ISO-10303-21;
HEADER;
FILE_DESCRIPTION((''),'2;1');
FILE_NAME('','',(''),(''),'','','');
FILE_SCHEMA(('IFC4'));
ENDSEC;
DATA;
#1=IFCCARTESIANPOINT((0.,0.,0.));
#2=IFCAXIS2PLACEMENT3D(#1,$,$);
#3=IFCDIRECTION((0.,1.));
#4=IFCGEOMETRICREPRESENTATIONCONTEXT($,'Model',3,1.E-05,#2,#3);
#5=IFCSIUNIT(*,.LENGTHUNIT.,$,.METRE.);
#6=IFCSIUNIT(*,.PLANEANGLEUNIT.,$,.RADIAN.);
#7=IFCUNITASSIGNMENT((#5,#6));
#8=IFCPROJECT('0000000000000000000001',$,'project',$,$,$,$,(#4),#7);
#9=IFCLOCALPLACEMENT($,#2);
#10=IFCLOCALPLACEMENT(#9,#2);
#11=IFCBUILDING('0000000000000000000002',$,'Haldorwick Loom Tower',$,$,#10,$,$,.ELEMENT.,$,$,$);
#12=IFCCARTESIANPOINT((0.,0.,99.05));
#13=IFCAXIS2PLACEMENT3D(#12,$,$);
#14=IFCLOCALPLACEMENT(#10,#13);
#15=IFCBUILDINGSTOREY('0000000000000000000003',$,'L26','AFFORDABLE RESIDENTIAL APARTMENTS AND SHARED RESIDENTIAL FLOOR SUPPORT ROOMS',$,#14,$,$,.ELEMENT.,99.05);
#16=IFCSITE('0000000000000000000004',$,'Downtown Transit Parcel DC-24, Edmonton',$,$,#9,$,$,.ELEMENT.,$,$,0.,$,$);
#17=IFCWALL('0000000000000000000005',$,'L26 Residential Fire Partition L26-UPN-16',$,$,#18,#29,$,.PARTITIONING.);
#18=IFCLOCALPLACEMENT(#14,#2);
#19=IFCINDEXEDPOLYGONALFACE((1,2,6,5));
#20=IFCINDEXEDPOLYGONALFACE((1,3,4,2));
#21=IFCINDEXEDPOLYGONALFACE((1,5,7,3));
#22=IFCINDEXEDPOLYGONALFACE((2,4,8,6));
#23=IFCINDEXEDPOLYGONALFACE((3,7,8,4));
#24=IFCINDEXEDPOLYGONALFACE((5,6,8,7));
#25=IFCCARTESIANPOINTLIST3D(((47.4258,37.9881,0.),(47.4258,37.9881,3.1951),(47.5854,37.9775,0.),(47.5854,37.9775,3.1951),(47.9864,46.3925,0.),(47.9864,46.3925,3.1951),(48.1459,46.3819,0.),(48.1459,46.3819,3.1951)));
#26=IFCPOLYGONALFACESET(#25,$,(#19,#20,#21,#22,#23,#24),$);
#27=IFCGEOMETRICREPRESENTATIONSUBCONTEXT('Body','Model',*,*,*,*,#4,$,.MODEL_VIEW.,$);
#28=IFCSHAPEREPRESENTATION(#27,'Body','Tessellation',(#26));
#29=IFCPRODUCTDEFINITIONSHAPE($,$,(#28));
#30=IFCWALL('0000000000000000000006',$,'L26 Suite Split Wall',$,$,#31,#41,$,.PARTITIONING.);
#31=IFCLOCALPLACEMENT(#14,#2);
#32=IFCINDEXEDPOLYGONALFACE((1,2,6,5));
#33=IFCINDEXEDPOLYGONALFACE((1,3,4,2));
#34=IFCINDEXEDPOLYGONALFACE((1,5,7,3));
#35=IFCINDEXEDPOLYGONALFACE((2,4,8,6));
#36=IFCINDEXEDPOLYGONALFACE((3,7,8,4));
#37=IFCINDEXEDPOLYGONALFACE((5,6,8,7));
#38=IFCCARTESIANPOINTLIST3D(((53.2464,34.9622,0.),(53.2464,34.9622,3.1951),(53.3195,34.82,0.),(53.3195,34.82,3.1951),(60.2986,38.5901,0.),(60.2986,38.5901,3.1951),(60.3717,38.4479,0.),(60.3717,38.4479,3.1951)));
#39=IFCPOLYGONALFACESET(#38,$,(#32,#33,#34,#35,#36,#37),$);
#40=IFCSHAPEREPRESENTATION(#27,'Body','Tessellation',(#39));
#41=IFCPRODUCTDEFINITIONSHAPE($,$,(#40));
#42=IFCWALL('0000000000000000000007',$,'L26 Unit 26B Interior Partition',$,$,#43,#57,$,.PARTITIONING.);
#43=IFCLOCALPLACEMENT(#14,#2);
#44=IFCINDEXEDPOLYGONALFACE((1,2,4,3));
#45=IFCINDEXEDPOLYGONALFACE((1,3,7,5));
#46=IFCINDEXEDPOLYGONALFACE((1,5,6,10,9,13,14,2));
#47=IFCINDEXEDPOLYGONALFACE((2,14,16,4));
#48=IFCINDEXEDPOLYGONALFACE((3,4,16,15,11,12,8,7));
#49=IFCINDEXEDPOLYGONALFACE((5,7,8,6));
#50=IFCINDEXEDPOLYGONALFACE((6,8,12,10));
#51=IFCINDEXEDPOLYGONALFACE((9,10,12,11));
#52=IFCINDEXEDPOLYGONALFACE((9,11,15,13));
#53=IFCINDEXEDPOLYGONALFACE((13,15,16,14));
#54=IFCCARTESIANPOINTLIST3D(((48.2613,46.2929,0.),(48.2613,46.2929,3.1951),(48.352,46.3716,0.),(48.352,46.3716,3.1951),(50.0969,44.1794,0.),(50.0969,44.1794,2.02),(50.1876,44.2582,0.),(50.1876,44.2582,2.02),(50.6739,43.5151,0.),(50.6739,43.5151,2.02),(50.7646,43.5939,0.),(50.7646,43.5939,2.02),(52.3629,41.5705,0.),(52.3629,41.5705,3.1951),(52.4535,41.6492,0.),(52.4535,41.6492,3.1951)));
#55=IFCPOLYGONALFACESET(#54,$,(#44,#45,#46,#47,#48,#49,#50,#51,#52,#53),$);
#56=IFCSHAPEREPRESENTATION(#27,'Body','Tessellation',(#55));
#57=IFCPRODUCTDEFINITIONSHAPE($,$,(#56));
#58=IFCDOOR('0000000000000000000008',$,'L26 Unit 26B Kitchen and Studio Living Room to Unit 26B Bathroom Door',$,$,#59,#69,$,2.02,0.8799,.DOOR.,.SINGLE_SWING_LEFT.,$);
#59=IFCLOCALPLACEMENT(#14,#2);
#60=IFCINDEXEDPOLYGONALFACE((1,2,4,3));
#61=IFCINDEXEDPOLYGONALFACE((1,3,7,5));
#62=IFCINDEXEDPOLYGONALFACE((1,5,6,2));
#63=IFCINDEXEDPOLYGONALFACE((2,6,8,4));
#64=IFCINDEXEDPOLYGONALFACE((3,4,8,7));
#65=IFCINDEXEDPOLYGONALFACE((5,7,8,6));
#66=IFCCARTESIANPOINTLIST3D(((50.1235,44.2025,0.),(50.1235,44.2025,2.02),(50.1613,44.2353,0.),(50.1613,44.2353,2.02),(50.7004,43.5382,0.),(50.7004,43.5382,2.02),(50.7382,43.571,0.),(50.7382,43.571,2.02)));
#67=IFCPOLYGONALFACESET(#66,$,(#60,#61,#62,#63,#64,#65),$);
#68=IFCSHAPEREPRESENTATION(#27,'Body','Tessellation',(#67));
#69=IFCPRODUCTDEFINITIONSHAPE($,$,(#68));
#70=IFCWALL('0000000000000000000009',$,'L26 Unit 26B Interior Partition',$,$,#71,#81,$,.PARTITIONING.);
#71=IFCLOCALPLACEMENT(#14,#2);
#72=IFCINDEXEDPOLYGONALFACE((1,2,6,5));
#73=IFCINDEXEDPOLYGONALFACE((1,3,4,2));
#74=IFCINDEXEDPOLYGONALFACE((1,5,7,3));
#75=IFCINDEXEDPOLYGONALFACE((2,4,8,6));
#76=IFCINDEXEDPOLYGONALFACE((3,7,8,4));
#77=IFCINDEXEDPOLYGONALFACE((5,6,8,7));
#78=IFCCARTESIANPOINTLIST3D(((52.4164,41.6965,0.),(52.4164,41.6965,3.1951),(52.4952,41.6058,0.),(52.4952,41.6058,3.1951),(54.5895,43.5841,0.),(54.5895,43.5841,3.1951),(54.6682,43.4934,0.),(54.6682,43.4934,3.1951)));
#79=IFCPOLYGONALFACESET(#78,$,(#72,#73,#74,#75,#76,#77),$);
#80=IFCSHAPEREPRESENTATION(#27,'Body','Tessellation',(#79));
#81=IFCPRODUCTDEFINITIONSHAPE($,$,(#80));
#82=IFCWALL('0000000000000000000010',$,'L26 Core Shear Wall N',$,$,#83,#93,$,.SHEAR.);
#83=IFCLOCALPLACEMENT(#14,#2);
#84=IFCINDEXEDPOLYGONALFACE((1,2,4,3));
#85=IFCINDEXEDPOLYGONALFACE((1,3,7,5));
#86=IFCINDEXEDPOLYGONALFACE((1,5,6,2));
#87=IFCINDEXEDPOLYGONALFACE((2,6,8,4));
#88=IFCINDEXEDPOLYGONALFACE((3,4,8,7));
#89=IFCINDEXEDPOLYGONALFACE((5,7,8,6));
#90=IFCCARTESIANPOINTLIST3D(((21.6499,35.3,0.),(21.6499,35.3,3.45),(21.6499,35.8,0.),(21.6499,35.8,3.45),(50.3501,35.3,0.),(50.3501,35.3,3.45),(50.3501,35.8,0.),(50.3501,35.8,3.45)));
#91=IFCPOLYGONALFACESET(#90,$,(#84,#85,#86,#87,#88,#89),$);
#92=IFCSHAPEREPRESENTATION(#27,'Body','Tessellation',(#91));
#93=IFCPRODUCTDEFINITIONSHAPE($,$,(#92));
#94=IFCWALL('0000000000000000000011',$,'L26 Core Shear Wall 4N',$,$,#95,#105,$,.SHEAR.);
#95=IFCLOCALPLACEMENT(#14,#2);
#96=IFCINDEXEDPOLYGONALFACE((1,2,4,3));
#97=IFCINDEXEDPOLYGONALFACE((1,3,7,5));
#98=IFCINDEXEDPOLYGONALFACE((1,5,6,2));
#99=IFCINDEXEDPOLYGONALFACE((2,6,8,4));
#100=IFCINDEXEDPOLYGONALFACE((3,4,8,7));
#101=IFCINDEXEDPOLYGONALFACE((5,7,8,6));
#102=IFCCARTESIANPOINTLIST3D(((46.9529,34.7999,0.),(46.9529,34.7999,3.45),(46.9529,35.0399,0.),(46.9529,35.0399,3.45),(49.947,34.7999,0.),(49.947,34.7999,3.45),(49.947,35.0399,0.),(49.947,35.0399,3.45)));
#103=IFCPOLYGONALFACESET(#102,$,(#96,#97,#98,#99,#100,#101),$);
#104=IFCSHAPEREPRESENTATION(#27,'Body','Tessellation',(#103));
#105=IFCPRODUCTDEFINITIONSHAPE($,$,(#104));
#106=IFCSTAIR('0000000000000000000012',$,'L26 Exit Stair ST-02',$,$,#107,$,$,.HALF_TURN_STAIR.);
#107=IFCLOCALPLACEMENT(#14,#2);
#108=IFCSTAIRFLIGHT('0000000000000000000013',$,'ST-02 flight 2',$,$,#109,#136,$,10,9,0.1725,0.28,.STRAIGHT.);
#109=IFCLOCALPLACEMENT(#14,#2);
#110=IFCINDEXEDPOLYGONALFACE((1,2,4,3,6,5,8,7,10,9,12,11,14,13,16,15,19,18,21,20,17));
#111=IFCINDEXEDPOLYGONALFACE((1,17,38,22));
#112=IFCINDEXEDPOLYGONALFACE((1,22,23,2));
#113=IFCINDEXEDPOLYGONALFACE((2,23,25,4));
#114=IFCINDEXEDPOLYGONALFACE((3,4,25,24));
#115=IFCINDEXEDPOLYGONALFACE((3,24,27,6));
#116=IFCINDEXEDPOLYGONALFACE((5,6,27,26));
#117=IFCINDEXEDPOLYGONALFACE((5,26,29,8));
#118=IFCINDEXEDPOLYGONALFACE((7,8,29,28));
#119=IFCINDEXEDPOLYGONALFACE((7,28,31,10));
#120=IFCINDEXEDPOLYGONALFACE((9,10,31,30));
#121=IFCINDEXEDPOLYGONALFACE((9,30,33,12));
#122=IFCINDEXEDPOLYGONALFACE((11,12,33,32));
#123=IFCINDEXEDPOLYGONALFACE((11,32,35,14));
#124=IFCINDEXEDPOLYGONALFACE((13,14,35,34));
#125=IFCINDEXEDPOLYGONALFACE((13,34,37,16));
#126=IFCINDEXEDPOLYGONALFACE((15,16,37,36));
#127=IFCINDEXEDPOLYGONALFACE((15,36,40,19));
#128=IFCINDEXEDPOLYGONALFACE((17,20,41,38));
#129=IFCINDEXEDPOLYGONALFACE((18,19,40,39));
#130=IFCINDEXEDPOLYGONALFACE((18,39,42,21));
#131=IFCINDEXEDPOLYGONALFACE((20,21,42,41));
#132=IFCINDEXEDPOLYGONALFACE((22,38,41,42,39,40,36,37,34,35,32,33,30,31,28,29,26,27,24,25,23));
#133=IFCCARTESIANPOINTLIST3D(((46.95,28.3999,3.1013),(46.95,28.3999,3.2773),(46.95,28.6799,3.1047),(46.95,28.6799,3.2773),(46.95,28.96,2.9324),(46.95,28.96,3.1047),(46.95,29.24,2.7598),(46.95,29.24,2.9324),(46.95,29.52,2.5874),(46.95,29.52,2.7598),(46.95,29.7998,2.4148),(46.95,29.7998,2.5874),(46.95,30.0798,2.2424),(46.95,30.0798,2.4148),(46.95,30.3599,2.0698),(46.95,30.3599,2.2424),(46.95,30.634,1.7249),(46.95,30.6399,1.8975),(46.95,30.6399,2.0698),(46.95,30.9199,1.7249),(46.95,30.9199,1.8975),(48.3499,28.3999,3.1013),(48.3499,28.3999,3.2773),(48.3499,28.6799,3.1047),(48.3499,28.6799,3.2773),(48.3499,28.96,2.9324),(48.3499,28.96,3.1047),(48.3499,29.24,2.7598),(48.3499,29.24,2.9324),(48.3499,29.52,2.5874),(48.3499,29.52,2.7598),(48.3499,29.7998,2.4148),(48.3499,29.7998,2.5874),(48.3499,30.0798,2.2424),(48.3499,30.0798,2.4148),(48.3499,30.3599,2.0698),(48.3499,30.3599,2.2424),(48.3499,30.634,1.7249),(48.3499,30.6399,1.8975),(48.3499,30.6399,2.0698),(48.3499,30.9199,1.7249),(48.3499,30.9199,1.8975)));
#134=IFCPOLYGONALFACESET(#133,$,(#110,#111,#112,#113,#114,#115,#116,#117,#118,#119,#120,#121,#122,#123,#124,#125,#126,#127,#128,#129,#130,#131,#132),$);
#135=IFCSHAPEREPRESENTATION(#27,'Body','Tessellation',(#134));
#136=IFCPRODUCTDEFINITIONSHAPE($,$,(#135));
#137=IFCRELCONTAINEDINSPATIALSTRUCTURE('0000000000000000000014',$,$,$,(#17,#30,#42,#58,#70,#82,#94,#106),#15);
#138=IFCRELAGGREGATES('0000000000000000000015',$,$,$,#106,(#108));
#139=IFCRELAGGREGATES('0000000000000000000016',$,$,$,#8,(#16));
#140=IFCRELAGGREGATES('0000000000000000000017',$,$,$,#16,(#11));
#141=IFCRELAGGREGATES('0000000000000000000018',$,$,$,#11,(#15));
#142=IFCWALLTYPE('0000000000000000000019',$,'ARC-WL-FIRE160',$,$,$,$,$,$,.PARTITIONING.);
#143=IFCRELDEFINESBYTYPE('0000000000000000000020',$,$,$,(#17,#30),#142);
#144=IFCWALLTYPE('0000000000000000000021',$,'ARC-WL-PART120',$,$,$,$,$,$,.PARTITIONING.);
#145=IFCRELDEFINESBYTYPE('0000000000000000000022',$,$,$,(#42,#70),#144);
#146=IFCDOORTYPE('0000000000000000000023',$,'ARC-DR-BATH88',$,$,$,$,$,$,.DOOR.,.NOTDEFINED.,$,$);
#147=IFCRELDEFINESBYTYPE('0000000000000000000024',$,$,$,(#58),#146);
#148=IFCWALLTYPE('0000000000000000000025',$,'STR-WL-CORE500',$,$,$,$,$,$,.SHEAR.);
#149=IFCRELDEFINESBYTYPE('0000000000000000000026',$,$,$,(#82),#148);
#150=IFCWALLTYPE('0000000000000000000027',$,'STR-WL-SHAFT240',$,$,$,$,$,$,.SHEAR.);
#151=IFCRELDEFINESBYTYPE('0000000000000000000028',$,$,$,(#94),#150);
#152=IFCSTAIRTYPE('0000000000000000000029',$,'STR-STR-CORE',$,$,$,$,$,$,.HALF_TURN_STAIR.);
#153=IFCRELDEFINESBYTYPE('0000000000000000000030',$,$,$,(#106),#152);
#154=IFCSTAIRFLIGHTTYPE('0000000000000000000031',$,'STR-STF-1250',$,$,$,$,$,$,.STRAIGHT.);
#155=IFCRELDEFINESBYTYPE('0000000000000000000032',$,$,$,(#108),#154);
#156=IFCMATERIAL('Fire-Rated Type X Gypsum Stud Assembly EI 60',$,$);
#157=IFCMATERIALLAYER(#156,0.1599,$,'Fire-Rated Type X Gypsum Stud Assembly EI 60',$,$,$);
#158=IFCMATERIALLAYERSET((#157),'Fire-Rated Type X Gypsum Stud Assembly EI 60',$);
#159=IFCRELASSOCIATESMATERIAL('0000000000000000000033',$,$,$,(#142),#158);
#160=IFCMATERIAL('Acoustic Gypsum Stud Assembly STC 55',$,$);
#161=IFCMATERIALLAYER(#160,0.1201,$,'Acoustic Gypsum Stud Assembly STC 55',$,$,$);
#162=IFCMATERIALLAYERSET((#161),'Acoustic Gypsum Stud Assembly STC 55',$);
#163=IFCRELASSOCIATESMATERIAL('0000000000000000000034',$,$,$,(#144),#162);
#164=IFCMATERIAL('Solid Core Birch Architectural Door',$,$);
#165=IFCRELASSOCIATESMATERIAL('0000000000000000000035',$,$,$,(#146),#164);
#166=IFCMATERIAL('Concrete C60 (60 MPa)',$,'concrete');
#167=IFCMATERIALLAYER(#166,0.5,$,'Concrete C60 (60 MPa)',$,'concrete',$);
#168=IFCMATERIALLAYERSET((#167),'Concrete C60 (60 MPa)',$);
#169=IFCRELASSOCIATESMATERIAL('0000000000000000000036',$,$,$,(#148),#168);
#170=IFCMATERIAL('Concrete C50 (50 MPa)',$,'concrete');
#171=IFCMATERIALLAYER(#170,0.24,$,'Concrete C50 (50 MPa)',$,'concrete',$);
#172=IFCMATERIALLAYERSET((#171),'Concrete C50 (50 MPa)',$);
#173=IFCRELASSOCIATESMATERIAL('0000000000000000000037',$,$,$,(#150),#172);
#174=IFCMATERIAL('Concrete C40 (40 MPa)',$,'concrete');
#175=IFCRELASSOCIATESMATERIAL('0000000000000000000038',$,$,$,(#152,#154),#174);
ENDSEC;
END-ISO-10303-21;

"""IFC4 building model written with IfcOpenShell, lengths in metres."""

from ifc_helpers import new_model, si_unit, direction, frame, frame_2d, origin, place, context, subcontext, project, spatial, polyline, rectangle, outline, extrude, material, layer, layer_set, type_object, element, fill, aggregate, save


model = new_model("IFC4")

# Units and contexts
model_context = context("Model", 3, precision=1e-05, world=origin(), true_north=direction((0.0, 1.0)))
body_context = subcontext(model_context, "Body", "Model", "MODEL_VIEW")
ifc_project = project(units=[si_unit("LENGTHUNIT", "METRE"), si_unit("PLANEANGLEUNIT", "RADIAN")], contexts=[model_context])

# Site, building, storey
site_placement = place(None, origin())
site = spatial("IfcSite", under=ifc_project, at=site_placement, Name="Downtown Transit Parcel DC-24, Edmonton", CompositionType="ELEMENT", RefElevation=0.0)
building_placement = place(site_placement, origin())
building = spatial("IfcBuilding", under=site, at=building_placement, Name="Haldorwick Loom Tower", CompositionType="ELEMENT")
storey_placement = place(building_placement, frame((0.0, 0.0, 99.05)))
storey = spatial("IfcBuildingStorey", under=building, at=storey_placement, Name="L26", Description="AFFORDABLE RESIDENTIAL APARTMENTS AND SHARED RESIDENTIAL FLOOR SUPPORT ROOMS", CompositionType="ELEMENT", Elevation=99.05)

# Shared definitions
ifc_material_1 = material(Name="Concrete C60 (60 MPa)", Category="concrete")

# Shared definitions
ifc_material_2 = material(Name="Fire-Rated Type X Gypsum Stud Assembly EI 60")
ifc_layer_1 = layer(ifc_material_2, 0.1599, Name="Fire-Rated Type X Gypsum Stud Assembly EI 60")
ifc_layer_set_1 = layer_set([ifc_layer_1], Name="Fire-Rated Type X Gypsum Stud Assembly EI 60")
wall_type_1 = type_object("IfcWallType", Name="ARC-WL-FIRE160", PredefinedType="PARTITIONING", material=ifc_layer_set_1)

# Walls
wall_1_placement = place(storey_placement, frame((47.5056, 37.9829, 0.0), z_axis=(0.0, 0.0, 1.0), x_axis=(0.066548, 0.997783, 0.0)))
element("IfcWall", 1, at=wall_1_placement, inside=storey, type_object=wall_type_1, Name="L26 Residential Fire Partition L26-UPN-16", PredefinedType="PARTITIONING", context=body_context, shape_type="SweptSolid", body=[
    extrude(rectangle(XDim=8.4231, YDim=0.1599, at=frame_2d((4.2114, 0.0))), origin(), (0.0, 0.0, 1.0), 3.1951),
])
wall_2_placement = place(storey_placement, frame((53.283, 34.8911, 0.0), z_axis=(0.0, 0.0, 1.0), x_axis=(0.889233, 0.457454, 0.0)))
element("IfcWall", 2, at=wall_2_placement, inside=storey, type_object=wall_type_1, Name="L26 Suite Split Wall", PredefinedType="PARTITIONING", context=body_context, shape_type="SweptSolid", body=[
    extrude(rectangle(XDim=7.9307, YDim=0.1599, at=frame_2d((3.9653, 0.0))), origin(), (0.0, 0.0, 1.0), 3.1951),
])

# Wall, opening, door
ifc_material_3 = material(Name="Acoustic Gypsum Stud Assembly STC 55")
ifc_layer_2 = layer(ifc_material_3, 0.1201, Name="Acoustic Gypsum Stud Assembly STC 55")
ifc_layer_set_2 = layer_set([ifc_layer_2], Name="Acoustic Gypsum Stud Assembly STC 55")
wall_type_2 = type_object("IfcWallType", Name="ARC-WL-PART120", PredefinedType="PARTITIONING", material=ifc_layer_set_2)
wall_3_placement = place(storey_placement, frame((52.4082, 41.6099, 0.0), z_axis=(0.0, 0.0, 1.0), x_axis=(-0.655734, 0.754992, 0.0)))
wall_3 = element("IfcWall", 3, at=wall_3_placement, inside=storey, type_object=wall_type_2, Name="L26 Unit 26B Interior Partition", PredefinedType="PARTITIONING", context=body_context, shape_type="SweptSolid", body=[
    extrude(rectangle(XDim=6.2549, YDim=0.1201, at=frame_2d((3.1274, 0.0))), origin(), (0.0, 0.0, 1.0), 3.1951),
])
opening_1_placement = place(wall_3_placement, frame((2.5757, 0.0, 0.0)))
opening_1 = element("IfcOpeningElement", 4, at=opening_1_placement, cuts=wall_3, PredefinedType="OPENING", context=body_context, shape_type="SweptSolid", body=[
    extrude(rectangle(XDim=0.8799, YDim=2.02, at=frame_2d((0.4399, 1.01))), frame((0.0, 0.0701, 0.0), z_axis=(0.0, -1.0, 0.0), x_axis=(1.0, 0.0, 0.0)), (0.0, 0.0, 1.0), 0.1401),
])
ifc_material_4 = material(Name="Solid Core Birch Architectural Door")
door_type_1 = type_object("IfcDoorType", Name="ARC-DR-BATH88", OperationType="NOTDEFINED", PredefinedType="DOOR", material=ifc_material_4)
door_1_placement = place(opening_1_placement, origin())
door_1 = element("IfcDoor", 5, at=door_1_placement, inside=storey, type_object=door_type_1, Name="L26 Unit 26B Kitchen and Studio Living Room to Unit 26B Bathroom Door", OperationType="SINGLE_SWING_LEFT", OverallHeight=2.02, OverallWidth=0.8799, PredefinedType="DOOR", context=body_context, shape_type="SweptSolid", body=[
    extrude(rectangle(XDim=0.8799, YDim=2.02, at=frame_2d((0.4399, 1.01))), frame((0.0, 0.0249, 0.0), z_axis=(0.0, -1.0, 0.0), x_axis=(1.0, 0.0, 0.0)), (0.0, 0.0, 1.0), 0.05),
])
fill(opening_1, door_1)

# Walls
wall_4_placement = place(storey_placement, frame((52.4558, 41.6511, 0.0), z_axis=(0.0, 0.0, 1.0), x_axis=(0.754941, 0.655792, 0.0)))
element("IfcWall", 6, at=wall_4_placement, inside=storey, type_object=wall_type_2, Name="L26 Unit 26B Interior Partition", PredefinedType="PARTITIONING", context=body_context, shape_type="SweptSolid", body=[
    extrude(rectangle(XDim=2.8784, YDim=0.1201, at=frame_2d((1.4392, 0.0))), origin(), (0.0, 0.0, 1.0), 3.1951),
])
ifc_layer_3 = layer(ifc_material_1, 0.5, Name="Concrete C60 (60 MPa)", Category="concrete")
ifc_layer_set_3 = layer_set([ifc_layer_3], Name="Concrete C60 (60 MPa)")
wall_type_3 = type_object("IfcWallType", Name="STR-WL-CORE500", PredefinedType="SHEAR", material=ifc_layer_set_3)
wall_5_placement = place(storey_placement, frame((50.3501, 35.55, 0.0), z_axis=(0.0, 0.0, 1.0), x_axis=(-1.0, 0.0, 0.0)))
element("IfcWall", 7, at=wall_5_placement, inside=storey, type_object=wall_type_3, Name="L26 Core Shear Wall N", PredefinedType="SHEAR", context=body_context, shape_type="SweptSolid", body=[
    extrude(rectangle(XDim=28.7002, YDim=0.5, at=frame_2d((14.3501, 0.0))), origin(), (0.0, 0.0, 1.0), 3.45),
])
ifc_material_5 = material(Name="Concrete C50 (50 MPa)", Category="concrete")
ifc_layer_4 = layer(ifc_material_5, 0.24, Name="Concrete C50 (50 MPa)", Category="concrete")
ifc_layer_set_4 = layer_set([ifc_layer_4], Name="Concrete C50 (50 MPa)")
wall_type_4 = type_object("IfcWallType", Name="STR-WL-SHAFT240", PredefinedType="SHEAR", material=ifc_layer_set_4)
wall_6_placement = place(storey_placement, frame((46.9529, 34.9199, 0.0), z_axis=(0.0, 0.0, 1.0), x_axis=(1.0, 0.0, 0.0)))
element("IfcWall", 8, at=wall_6_placement, inside=storey, type_object=wall_type_4, Name="L26 Core Shear Wall 4N", PredefinedType="SHEAR", context=body_context, shape_type="SweptSolid", body=[
    extrude(rectangle(XDim=2.9941, YDim=0.24, at=frame_2d((1.4971, 0.0))), origin(), (0.0, 0.0, 1.0), 3.45),
])

# Stair, stair flight
ifc_material_6 = material(Name="Concrete C40 (40 MPa)", Category="concrete")
stair_type = type_object("IfcStairType", Name="STR-STR-CORE", PredefinedType="HALF_TURN_STAIR", material=ifc_material_6)
stair_placement = place(storey_placement, origin())
stair = element("IfcStair", 9, at=stair_placement, inside=storey, type_object=stair_type, Name="L26 Exit Stair ST-02", PredefinedType="HALF_TURN_STAIR")
stair_flight_type = type_object("IfcStairFlightType", Name="STR-STF-1250", PredefinedType="STRAIGHT", material=ifc_material_6)
stair_flight_placement = place(storey_placement, frame((47.6499, 30.9199, 1.7249), z_axis=(0.0, 0.0, 1.0), x_axis=(0.0, -1.0, 0.0)))
stair_flight = element("IfcStairFlight", 10, at=stair_flight_placement, type_object=stair_flight_type, Name="ST-02 flight 2", NumberOfRisers=10, NumberOfTreads=9, PredefinedType="STRAIGHT", RiserHeight=0.1725, TreadLength=0.28, context=body_context, shape_type="SweptSolid", body=[
    extrude(outline(polyline([(0.0, 0.0), (0.0, 0.1726), (0.28, 0.1726), (0.28, 0.345), (0.5601, 0.345), (0.5601, 0.5176), (0.8401, 0.5176), (0.8401, 0.6899), (1.1201, 0.6899), (1.1201, 0.8625), (1.3999, 0.8625), (1.3999, 1.0349), (1.6799, 1.0349), (1.6799, 1.2075), (1.96, 1.2075), (1.96, 1.3799), (2.24, 1.3799), (2.24, 1.5525), (2.52, 1.5525), (2.52, 1.7251), (2.52, 1.3765), (0.2859, 0.0), (0.0, 0.0)])), frame((0.0, 0.7, 0.0), z_axis=(0.0, -1.0, 0.0), x_axis=(1.0, 0.0, 0.0)), (0.0, 0.0, 1.0), 1.3999),
])
aggregate(stair, [stair_flight])

save(model, "model.ifc")
